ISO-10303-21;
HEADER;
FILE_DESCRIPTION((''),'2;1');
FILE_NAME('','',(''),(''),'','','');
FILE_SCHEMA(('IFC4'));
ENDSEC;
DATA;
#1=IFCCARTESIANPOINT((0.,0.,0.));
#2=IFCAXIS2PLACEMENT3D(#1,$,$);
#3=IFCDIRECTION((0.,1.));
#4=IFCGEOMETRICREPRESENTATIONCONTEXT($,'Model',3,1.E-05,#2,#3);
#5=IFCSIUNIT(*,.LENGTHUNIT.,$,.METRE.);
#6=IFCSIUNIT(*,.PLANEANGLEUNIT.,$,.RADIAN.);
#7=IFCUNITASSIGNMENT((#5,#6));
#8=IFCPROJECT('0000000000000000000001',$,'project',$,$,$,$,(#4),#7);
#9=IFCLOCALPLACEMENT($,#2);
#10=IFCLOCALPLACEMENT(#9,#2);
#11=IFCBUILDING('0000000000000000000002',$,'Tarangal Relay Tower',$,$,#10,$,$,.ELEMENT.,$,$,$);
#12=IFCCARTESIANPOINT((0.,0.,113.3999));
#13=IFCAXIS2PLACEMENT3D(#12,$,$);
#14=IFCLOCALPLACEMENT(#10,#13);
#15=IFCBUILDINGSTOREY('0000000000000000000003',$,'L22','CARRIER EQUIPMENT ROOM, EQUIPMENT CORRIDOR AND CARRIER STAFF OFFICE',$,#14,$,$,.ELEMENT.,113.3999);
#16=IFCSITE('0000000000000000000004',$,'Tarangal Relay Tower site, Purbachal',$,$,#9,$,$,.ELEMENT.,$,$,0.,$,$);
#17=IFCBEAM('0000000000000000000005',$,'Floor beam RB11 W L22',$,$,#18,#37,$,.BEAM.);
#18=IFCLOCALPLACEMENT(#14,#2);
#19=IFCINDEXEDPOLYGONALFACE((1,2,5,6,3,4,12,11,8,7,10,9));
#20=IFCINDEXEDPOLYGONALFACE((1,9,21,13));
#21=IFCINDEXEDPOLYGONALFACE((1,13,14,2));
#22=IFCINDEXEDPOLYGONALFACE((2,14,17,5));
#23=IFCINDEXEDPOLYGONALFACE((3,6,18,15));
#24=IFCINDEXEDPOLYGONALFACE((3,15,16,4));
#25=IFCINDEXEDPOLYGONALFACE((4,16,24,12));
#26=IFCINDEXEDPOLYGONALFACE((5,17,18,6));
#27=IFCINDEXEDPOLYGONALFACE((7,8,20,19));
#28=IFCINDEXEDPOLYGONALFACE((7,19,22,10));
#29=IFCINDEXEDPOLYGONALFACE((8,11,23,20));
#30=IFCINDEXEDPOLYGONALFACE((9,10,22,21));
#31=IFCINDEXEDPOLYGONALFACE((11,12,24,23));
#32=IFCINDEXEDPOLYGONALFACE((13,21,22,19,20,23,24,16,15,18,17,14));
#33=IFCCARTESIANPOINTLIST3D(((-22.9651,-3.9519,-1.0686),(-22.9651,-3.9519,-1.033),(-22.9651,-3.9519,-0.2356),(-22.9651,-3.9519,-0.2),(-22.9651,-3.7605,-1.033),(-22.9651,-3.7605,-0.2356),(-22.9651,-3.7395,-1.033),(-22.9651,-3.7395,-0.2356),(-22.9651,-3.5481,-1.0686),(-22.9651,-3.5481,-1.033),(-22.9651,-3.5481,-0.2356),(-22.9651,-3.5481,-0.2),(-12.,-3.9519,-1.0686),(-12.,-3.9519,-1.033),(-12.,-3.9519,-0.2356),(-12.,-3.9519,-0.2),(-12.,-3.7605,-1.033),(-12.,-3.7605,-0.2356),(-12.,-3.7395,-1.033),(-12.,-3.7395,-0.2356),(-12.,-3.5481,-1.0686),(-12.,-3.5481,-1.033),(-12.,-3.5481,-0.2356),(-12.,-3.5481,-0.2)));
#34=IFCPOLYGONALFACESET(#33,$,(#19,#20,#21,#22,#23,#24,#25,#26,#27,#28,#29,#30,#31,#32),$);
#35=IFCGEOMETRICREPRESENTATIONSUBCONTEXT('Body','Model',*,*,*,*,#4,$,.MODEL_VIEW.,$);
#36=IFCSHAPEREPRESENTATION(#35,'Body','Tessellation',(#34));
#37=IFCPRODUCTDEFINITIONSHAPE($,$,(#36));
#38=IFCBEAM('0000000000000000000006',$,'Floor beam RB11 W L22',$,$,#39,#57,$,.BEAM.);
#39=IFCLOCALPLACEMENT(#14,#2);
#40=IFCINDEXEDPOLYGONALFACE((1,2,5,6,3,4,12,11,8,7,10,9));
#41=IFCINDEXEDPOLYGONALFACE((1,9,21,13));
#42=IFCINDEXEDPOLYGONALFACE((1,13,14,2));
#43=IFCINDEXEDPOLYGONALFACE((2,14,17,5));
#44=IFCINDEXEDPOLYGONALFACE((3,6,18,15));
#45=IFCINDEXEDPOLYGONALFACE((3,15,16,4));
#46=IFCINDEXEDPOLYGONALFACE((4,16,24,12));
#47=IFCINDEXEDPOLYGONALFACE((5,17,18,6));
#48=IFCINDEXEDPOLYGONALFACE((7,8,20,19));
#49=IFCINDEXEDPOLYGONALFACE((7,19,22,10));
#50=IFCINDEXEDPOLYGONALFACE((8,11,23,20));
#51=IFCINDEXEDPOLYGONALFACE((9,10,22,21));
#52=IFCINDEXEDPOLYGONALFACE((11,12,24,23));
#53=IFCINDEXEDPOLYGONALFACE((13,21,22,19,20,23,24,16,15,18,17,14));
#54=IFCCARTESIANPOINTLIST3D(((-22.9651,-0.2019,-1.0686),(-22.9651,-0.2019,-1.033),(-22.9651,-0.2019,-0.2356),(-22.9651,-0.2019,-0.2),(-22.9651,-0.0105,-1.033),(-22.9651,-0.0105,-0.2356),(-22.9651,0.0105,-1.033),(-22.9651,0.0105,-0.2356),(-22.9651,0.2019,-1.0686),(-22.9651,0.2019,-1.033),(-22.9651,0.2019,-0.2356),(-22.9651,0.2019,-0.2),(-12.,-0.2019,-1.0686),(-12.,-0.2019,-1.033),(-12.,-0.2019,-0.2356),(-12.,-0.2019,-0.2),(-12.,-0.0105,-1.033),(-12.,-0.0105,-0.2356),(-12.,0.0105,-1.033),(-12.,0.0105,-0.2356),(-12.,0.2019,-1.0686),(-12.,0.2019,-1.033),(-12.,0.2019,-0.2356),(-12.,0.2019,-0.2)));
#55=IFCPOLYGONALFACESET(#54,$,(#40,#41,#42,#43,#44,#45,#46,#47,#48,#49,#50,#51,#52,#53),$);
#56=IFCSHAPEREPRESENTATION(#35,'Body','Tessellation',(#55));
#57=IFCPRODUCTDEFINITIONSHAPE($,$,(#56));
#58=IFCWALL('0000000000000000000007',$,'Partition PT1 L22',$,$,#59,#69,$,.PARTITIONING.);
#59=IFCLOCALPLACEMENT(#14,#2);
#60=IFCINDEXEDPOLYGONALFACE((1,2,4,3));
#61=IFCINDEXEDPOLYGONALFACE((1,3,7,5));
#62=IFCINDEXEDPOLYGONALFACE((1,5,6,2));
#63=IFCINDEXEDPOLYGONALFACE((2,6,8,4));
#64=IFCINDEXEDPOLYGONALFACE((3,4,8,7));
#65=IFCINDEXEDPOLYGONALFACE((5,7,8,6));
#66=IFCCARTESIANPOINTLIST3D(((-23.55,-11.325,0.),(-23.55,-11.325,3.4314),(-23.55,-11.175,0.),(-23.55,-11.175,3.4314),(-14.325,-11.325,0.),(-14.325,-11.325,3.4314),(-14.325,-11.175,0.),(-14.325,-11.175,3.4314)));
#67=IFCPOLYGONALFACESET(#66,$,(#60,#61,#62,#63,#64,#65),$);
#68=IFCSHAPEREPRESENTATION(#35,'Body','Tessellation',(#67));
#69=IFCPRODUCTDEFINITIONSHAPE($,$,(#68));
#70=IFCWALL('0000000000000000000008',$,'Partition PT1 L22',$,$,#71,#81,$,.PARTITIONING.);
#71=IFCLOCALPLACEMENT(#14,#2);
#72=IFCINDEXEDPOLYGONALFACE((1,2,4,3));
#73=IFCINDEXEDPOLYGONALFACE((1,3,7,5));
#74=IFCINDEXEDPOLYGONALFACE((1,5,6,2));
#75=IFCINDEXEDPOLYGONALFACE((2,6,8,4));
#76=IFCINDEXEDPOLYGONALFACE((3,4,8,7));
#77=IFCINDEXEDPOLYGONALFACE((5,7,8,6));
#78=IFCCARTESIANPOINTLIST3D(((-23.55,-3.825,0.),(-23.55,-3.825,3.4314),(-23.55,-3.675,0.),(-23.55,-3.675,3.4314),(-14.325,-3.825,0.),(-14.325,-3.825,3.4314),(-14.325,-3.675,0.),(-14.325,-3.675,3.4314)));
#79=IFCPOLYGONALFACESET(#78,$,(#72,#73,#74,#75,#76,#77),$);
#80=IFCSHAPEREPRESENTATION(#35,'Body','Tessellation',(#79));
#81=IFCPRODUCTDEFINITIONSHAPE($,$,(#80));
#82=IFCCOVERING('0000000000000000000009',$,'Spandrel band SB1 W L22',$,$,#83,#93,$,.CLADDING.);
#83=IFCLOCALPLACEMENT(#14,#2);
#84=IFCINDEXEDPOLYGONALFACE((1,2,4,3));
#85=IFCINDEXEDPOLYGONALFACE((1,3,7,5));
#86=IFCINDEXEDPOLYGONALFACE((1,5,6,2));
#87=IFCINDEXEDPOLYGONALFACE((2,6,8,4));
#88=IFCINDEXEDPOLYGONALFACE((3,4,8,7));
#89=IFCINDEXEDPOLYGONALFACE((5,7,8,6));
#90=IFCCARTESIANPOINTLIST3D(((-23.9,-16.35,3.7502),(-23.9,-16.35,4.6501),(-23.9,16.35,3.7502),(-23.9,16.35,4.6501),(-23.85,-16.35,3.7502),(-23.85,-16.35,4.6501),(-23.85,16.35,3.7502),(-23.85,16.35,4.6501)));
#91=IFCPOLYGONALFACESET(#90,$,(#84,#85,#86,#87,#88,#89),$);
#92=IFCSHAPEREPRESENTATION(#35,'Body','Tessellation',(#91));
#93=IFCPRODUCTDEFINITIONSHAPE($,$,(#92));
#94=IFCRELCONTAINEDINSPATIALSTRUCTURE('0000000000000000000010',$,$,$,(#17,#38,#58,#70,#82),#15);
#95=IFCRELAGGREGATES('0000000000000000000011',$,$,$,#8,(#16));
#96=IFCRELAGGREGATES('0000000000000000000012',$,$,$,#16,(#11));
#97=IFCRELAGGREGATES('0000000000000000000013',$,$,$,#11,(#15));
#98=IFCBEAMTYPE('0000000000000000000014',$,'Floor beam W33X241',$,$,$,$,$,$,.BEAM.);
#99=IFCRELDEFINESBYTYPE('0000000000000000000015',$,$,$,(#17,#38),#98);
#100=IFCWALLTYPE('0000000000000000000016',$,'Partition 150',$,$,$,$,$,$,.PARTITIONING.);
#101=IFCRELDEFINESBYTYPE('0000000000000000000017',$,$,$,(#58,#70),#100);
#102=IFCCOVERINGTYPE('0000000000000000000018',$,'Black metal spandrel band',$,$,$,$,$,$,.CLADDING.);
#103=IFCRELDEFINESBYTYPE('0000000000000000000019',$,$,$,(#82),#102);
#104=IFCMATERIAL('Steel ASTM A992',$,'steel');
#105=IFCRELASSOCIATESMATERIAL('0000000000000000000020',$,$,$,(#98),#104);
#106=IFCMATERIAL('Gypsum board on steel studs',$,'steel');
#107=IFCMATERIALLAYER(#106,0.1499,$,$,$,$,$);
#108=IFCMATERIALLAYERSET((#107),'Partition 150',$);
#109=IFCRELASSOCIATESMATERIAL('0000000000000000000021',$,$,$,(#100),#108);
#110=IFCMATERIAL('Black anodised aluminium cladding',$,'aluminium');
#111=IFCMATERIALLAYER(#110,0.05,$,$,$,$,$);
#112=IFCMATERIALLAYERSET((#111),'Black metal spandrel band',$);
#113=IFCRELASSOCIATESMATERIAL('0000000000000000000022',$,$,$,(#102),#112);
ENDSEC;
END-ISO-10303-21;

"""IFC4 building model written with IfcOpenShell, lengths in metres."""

from ifc_helpers import new_model, si_unit, direction, frame, frame_2d, origin, origin_2d, place, context, subcontext, project, spatial, rectangle, i_section, extrude, material, layer, layer_set, material_profile, profile_set, type_object, element, save


model = new_model("IFC4")

# Units and contexts
model_context = context("Model", 3, precision=1e-05, world=origin(), true_north=direction((0.0, 1.0)))
body_context = subcontext(model_context, "Body", "Model", "MODEL_VIEW")
ifc_project = project(units=[si_unit("LENGTHUNIT", "METRE"), si_unit("PLANEANGLEUNIT", "RADIAN")], contexts=[model_context])

# Site, building, storey
site_placement = place(None, origin())
site = spatial("IfcSite", under=ifc_project, at=site_placement, Name="Tarangal Relay Tower site, Purbachal", CompositionType="ELEMENT", RefElevation=0.0)
building_placement = place(site_placement, origin())
building = spatial("IfcBuilding", under=site, at=building_placement, Name="Tarangal Relay Tower", CompositionType="ELEMENT")
storey_placement = place(building_placement, frame((0.0, 0.0, 113.3999)))
storey = spatial("IfcBuildingStorey", under=building, at=storey_placement, Name="L22", Description="CARRIER EQUIPMENT ROOM, EQUIPMENT CORRIDOR AND CARRIER STAFF OFFICE", CompositionType="ELEMENT", Elevation=113.3999)

# Beams
ifc_material_1 = material(Name="Steel ASTM A992", Category="steel")
ifc_material_profile_1 = material_profile(ifc_material_1, i_section(OverallWidth=0.4038, OverallDepth=0.8687, WebThickness=0.021, FlangeThickness=0.0356, at=origin_2d()), Name="W33X241")
ifc_profile_set_1 = profile_set([ifc_material_profile_1], Name="Steel ASTM A992")
beam_type_1 = type_object("IfcBeamType", Name="Floor beam W33X241", PredefinedType="BEAM", material=ifc_profile_set_1)
for number, where, z_axis, x_axis, name in (
    (1, (-12.0, -3.75, -0.6343), (-1.0, 0.0, 0.0), (0.0, -1.0, 0.0), "Floor beam RB11 W L22"),
    (2, (-12.0, 0.0, -0.6343), (-1.0, 0.0, 0.0), (0.0, -1.0, 0.0), "Floor beam RB11 W L22"),
):
    element("IfcBeam", number, at=place(storey_placement, frame(where, z_axis=z_axis, x_axis=x_axis)), inside=storey, type_object=beam_type_1, Name=name, PredefinedType="BEAM", context=body_context, shape_type="SweptSolid", body=[
        extrude(i_section(OverallWidth=0.4038, OverallDepth=0.8687, WebThickness=0.021, FlangeThickness=0.0356, at=origin_2d()), origin(), (0.0, 0.0, 1.0), 10.9651),
    ])

# Walls
ifc_material_2 = material(Name="Gypsum board on steel studs", Category="steel")
ifc_layer_1 = layer(ifc_material_2, 0.1499)
ifc_layer_set_1 = layer_set([ifc_layer_1], Name="Partition 150")
wall_type = type_object("IfcWallType", Name="Partition 150", PredefinedType="PARTITIONING", material=ifc_layer_set_1)
for number, where, z_axis, x_axis, name in (
    (3, (-23.55, -11.25, 0.0), (0.0, 0.0, 1.0), (1.0, 0.0, 0.0), "Partition PT1 L22"),
    (4, (-23.55, -3.75, 0.0), (0.0, 0.0, 1.0), (1.0, 0.0, 0.0), "Partition PT1 L22"),
):
    element("IfcWall", number, at=place(storey_placement, frame(where, z_axis=z_axis, x_axis=x_axis)), inside=storey, type_object=wall_type, Name=name, PredefinedType="PARTITIONING", context=body_context, shape_type="SweptSolid", body=[
        extrude(rectangle(XDim=9.2251, YDim=0.1499, at=frame_2d((4.6125, 0.0))), origin(), (0.0, 0.0, 1.0), 3.4314),
    ])

# Covering
ifc_material_3 = material(Name="Black anodised aluminium cladding", Category="aluminium")
ifc_layer_2 = layer(ifc_material_3, 0.05)
ifc_layer_set_2 = layer_set([ifc_layer_2], Name="Black metal spandrel band")
covering_type = type_object("IfcCoveringType", Name="Black metal spandrel band", PredefinedType="CLADDING", material=ifc_layer_set_2)
covering_placement = place(storey_placement, frame((-23.875, 0.0, 3.7502), z_axis=(0.0, 0.0, 1.0), x_axis=(0.0, 1.0, 0.0)))
element("IfcCovering", 5, at=covering_placement, inside=storey, type_object=covering_type, Name="Spandrel band SB1 W L22", PredefinedType="CLADDING", context=body_context, shape_type="SweptSolid", body=[
    extrude(rectangle(XDim=32.7, YDim=0.05, at=origin_2d()), origin(), (0.0, 0.0, 1.0), 0.8999),
])

save(model, "model.ifc")
